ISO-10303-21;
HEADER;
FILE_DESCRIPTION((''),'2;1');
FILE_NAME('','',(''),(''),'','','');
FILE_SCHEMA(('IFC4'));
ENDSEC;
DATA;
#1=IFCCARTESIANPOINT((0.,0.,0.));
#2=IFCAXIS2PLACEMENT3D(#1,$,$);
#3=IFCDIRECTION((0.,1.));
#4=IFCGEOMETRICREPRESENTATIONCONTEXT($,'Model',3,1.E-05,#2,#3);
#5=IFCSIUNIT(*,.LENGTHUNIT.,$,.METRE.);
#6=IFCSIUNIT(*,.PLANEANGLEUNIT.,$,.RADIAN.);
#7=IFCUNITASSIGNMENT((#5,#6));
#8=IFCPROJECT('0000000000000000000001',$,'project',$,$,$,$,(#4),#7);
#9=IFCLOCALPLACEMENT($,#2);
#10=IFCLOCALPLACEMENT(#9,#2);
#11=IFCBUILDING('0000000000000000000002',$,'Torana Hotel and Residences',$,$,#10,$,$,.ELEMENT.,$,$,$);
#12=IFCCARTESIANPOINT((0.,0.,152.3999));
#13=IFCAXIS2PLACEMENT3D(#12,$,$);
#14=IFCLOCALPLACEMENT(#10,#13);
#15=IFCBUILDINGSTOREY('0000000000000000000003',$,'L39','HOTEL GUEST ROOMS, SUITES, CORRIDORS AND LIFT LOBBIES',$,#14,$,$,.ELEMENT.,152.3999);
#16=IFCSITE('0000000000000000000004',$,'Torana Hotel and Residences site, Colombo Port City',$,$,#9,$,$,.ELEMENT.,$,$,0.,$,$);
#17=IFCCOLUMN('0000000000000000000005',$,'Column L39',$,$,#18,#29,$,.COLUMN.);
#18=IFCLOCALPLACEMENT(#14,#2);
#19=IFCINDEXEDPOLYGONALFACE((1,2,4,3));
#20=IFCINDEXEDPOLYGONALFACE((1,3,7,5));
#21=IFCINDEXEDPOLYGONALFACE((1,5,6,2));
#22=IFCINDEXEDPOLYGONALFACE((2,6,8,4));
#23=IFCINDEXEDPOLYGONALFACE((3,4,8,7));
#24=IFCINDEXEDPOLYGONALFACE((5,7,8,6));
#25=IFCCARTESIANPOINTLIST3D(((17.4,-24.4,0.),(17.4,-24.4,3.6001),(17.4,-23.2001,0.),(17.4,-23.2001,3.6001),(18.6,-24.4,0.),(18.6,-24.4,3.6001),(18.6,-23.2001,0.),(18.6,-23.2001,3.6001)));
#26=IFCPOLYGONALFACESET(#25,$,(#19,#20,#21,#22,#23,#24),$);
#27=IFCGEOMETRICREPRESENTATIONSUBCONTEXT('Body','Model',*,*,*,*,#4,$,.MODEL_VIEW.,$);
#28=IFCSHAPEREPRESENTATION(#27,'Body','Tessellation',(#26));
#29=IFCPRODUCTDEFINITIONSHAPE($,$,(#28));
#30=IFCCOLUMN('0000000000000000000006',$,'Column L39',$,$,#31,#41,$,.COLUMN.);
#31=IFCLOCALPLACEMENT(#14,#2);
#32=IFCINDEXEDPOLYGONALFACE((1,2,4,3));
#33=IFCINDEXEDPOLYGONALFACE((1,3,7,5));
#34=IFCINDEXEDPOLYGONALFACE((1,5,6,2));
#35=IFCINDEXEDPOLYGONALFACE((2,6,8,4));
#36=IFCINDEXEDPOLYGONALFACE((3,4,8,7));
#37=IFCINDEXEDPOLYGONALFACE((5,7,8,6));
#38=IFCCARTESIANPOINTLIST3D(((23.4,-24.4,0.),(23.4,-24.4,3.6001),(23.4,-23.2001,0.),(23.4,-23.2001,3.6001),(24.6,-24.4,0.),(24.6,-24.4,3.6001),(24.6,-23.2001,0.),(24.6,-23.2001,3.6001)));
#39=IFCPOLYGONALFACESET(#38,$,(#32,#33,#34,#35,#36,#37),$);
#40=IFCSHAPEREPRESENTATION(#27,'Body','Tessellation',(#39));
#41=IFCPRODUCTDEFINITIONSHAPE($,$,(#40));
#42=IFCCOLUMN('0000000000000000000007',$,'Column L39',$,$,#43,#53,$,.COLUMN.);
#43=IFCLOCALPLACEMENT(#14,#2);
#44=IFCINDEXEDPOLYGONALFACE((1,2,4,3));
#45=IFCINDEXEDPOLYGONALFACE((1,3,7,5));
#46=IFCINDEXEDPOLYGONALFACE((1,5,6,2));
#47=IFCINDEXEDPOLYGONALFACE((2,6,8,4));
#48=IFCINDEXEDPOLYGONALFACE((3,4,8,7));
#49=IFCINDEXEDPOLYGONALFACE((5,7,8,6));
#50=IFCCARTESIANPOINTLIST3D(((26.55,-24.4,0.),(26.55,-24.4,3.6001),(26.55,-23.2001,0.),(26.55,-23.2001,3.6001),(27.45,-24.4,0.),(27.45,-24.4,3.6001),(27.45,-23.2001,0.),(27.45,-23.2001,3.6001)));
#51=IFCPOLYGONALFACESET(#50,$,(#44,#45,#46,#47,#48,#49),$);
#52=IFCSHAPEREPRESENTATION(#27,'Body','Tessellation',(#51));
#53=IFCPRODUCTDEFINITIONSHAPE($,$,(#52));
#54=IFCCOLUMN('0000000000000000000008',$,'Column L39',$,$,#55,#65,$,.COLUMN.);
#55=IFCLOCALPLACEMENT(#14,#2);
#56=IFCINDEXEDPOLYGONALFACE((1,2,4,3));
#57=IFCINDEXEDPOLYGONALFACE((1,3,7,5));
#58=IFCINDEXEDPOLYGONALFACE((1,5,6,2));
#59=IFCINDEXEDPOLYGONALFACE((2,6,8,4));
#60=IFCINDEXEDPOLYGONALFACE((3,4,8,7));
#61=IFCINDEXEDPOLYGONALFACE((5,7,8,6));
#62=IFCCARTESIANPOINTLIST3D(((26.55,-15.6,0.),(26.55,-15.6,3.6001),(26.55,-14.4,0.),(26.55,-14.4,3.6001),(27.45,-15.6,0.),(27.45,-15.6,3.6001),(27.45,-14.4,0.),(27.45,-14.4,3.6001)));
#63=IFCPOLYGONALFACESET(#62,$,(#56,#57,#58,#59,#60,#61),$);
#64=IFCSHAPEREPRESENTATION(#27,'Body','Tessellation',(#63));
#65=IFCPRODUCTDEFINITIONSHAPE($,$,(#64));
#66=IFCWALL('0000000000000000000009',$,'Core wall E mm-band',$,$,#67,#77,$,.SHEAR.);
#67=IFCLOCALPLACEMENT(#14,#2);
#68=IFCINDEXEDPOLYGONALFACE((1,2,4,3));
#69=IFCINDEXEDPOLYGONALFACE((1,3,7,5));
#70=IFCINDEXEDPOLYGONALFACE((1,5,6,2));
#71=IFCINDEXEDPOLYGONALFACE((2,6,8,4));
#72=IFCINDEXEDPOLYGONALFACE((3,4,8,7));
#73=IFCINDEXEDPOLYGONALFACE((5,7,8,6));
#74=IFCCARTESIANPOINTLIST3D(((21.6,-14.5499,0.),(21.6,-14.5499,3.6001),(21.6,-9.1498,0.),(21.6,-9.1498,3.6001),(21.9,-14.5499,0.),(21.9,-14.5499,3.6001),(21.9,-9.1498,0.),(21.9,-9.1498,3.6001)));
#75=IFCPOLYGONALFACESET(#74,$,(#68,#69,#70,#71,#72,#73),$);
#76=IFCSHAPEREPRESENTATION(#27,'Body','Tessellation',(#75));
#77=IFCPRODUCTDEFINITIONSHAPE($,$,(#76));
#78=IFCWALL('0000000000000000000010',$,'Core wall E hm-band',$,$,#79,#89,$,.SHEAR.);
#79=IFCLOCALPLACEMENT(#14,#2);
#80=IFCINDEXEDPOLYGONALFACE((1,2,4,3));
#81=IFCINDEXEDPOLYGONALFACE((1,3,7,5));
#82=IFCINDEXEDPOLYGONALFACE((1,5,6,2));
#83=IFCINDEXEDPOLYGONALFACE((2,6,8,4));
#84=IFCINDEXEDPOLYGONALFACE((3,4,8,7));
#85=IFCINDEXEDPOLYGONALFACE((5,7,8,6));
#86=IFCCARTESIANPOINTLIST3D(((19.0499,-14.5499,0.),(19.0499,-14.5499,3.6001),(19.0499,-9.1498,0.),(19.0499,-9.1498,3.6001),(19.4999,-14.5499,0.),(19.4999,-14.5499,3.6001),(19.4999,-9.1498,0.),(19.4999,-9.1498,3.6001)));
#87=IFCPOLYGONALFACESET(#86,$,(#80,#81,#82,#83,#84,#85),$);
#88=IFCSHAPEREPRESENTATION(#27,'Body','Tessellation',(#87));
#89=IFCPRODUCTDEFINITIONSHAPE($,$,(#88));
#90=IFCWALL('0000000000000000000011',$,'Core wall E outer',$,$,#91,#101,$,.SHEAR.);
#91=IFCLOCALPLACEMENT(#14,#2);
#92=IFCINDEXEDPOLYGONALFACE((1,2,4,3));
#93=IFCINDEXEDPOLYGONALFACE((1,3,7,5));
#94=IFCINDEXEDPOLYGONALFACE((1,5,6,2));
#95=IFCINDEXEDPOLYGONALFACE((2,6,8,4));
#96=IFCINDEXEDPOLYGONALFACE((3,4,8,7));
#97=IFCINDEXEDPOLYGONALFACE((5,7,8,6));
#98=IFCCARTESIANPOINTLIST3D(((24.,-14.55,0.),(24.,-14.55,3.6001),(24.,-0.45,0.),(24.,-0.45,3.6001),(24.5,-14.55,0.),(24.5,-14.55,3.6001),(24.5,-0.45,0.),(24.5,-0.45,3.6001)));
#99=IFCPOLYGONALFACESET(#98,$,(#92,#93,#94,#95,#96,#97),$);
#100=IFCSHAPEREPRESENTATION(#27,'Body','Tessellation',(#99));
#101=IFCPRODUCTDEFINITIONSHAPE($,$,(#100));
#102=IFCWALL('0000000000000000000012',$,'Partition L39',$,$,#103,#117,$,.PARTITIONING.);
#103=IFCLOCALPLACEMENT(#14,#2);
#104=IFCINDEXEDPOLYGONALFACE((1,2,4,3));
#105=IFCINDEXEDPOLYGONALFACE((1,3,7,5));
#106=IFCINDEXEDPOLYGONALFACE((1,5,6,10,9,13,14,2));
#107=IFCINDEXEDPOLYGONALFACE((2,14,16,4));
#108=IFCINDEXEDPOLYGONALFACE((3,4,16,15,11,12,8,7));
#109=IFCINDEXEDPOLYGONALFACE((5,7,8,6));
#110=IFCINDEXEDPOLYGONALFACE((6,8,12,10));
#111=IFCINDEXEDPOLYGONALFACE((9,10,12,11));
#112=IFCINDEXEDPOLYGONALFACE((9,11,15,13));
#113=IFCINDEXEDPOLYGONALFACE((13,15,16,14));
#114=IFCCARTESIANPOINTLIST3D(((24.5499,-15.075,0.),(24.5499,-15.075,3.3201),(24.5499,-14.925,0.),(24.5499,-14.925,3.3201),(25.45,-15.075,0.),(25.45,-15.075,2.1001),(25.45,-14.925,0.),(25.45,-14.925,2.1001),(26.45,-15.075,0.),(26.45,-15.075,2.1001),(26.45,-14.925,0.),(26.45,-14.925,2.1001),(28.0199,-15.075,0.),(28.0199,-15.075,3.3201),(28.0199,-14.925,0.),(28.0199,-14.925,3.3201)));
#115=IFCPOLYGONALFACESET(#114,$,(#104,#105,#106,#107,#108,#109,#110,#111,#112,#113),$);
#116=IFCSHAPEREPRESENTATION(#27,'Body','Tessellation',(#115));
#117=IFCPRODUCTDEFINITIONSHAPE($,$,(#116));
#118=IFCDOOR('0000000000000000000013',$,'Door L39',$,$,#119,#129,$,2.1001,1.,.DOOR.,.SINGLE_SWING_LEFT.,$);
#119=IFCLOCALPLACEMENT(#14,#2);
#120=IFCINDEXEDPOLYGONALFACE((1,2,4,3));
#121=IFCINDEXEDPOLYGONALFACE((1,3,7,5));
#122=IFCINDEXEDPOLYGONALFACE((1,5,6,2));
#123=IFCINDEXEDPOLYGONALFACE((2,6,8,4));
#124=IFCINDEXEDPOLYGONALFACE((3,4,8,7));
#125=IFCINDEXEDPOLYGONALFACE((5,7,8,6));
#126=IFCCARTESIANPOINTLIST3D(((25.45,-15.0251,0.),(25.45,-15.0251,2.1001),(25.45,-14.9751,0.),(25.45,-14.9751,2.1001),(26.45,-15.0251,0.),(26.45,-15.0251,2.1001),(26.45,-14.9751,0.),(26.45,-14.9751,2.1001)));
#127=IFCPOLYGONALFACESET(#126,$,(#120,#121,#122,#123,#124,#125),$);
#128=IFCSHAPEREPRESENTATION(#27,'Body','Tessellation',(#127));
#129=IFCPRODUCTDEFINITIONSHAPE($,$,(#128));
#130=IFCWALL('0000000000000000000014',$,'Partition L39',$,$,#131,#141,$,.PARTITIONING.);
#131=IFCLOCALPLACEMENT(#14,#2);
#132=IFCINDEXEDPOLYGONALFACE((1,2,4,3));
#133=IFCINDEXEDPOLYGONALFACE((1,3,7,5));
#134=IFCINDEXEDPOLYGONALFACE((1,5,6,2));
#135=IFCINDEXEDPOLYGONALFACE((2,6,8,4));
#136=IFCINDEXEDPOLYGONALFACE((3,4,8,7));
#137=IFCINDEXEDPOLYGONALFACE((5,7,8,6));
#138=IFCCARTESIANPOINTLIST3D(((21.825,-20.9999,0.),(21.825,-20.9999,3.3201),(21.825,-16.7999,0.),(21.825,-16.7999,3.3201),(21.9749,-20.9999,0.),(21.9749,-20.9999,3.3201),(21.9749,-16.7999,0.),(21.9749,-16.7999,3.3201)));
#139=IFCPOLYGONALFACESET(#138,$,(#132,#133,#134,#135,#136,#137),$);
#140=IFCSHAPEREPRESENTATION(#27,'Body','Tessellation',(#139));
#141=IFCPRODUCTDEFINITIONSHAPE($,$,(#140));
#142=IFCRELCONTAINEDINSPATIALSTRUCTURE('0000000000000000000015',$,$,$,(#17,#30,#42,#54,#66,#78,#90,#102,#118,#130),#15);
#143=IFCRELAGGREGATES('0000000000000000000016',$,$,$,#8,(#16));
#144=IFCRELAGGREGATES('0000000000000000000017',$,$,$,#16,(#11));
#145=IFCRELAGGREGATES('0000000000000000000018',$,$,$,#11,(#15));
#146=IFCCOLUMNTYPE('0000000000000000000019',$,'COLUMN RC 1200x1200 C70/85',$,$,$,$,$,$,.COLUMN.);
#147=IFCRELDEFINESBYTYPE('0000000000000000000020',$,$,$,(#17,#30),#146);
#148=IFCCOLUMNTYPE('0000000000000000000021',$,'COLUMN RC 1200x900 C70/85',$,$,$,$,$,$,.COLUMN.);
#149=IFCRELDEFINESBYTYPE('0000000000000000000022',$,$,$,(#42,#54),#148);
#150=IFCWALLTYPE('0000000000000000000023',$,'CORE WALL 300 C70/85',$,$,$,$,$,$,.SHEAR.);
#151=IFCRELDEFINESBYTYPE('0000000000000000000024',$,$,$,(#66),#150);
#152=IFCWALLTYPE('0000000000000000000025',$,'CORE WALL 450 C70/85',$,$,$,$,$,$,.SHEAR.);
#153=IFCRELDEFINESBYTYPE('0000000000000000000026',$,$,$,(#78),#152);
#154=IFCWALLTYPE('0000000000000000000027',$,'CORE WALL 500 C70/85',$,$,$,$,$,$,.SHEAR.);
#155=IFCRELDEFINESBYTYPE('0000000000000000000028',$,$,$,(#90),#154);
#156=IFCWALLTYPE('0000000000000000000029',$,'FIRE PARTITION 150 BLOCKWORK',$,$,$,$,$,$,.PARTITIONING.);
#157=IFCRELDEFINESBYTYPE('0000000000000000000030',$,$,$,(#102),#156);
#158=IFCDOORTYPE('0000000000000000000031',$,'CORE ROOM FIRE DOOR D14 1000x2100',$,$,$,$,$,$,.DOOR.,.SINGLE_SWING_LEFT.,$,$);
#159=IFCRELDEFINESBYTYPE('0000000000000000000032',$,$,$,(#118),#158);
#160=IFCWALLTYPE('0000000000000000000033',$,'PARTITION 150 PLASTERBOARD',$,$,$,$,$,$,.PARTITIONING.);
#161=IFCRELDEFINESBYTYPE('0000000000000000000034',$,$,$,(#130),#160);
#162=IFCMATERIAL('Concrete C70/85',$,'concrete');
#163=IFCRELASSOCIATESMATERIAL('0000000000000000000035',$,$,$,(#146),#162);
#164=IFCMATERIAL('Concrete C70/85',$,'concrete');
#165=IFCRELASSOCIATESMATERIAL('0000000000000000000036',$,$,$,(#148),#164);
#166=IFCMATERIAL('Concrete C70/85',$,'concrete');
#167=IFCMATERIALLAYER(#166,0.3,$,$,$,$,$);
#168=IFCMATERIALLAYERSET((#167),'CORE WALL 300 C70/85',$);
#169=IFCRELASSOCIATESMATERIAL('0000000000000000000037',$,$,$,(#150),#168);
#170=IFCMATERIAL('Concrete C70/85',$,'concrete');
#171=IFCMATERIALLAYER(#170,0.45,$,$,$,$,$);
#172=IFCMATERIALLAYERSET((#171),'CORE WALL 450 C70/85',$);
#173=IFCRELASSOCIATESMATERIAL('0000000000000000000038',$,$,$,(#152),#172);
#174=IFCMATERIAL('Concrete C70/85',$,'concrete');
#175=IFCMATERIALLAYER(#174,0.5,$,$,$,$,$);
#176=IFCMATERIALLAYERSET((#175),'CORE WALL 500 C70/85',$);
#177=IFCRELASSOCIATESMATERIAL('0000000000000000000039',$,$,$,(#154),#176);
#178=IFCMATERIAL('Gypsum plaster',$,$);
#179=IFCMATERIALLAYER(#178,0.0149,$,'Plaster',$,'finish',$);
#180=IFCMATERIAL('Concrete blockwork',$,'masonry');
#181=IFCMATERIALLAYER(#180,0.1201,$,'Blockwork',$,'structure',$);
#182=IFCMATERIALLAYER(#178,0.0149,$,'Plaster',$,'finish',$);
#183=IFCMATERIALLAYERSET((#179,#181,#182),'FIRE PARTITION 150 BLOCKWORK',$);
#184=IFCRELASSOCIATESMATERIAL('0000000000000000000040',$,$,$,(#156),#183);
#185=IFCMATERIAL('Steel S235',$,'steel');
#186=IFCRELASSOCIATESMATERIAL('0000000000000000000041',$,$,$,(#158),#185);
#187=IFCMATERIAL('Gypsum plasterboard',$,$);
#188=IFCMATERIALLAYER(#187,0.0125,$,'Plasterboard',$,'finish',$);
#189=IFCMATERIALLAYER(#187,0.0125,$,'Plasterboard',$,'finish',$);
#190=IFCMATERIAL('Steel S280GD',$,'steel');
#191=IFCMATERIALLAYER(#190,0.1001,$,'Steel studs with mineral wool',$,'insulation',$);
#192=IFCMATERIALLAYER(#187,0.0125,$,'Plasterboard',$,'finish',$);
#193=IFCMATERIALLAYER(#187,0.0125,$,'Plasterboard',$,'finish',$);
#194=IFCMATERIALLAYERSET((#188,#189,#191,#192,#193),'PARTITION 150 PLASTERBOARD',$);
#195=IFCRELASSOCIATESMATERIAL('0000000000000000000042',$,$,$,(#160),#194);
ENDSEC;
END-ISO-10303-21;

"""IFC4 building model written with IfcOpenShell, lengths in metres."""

from ifc_helpers import new_model, si_unit, direction, frame, frame_2d, origin, origin_2d, place, context, subcontext, project, spatial, rectangle, extrude, material, layer, layer_set, material_profile, profile_set, type_object, element, fill, save


model = new_model("IFC4")

# Units and contexts
model_context = context("Model", 3, precision=1e-05, world=origin(), true_north=direction((0.0, 1.0)))
body_context = subcontext(model_context, "Body", "Model", "MODEL_VIEW")
ifc_project = project(units=[si_unit("LENGTHUNIT", "METRE"), si_unit("PLANEANGLEUNIT", "RADIAN")], contexts=[model_context])

# Site, building, storey
site_placement = place(None, origin())
site = spatial("IfcSite", under=ifc_project, at=site_placement, Name="Torana Hotel and Residences site, Colombo Port City", CompositionType="ELEMENT", RefElevation=0.0)
building_placement = place(site_placement, origin())
building = spatial("IfcBuilding", under=site, at=building_placement, Name="Torana Hotel and Residences", CompositionType="ELEMENT")
storey_placement = place(building_placement, frame((0.0, 0.0, 152.3999)))
storey = spatial("IfcBuildingStorey", under=building, at=storey_placement, Name="L39", Description="HOTEL GUEST ROOMS, SUITES, CORRIDORS AND LIFT LOBBIES", CompositionType="ELEMENT", Elevation=152.3999)

# Columns
ifc_material_1 = material(Name="Concrete C70/85", Category="concrete")
ifc_material_profile_1 = material_profile(ifc_material_1, rectangle(XDim=1.2, YDim=1.2, at=origin_2d()), Name="RC 1200x1200")
ifc_profile_set_1 = profile_set([ifc_material_profile_1], Name="Concrete C70/85")
column_type_1 = type_object("IfcColumnType", Name="COLUMN RC 1200x1200 C70/85", PredefinedType="COLUMN", material=ifc_profile_set_1)
for number, where, z_axis, x_axis, name in (
    (1, (18.0, -23.8, 0.0), (0.0, 0.0, 1.0), (1.0, 0.0, 0.0), "Column L39"),
    (2, (24.0, -23.8, 0.0), (0.0, 0.0, 1.0), (1.0, 0.0, 0.0), "Column L39"),
):
    element("IfcColumn", number, at=place(storey_placement, frame(where, z_axis=z_axis, x_axis=x_axis)), inside=storey, type_object=column_type_1, Name=name, PredefinedType="COLUMN", context=body_context, shape_type="SweptSolid", body=[
        extrude(rectangle(XDim=1.2, YDim=1.2, at=origin_2d()), origin(), (0.0, 0.0, 1.0), 3.6001),
    ])
ifc_material_2 = material(Name="Concrete C70/85", Category="concrete")
ifc_material_profile_2 = material_profile(ifc_material_2, rectangle(XDim=1.2, YDim=0.8999, at=origin_2d()), Name="RC 1200x900")
ifc_profile_set_2 = profile_set([ifc_material_profile_2], Name="Concrete C70/85")
column_type_2 = type_object("IfcColumnType", Name="COLUMN RC 1200x900 C70/85", PredefinedType="COLUMN", material=ifc_profile_set_2)
for number, where, z_axis, x_axis, name in (
    (3, (27.0, -23.8, 0.0), (0.0, 0.0, 1.0), (0.0, 1.0, 0.0), "Column L39"),
    (4, (27.0, -15.0, 0.0), (0.0, 0.0, 1.0), (0.0, 1.0, 0.0), "Column L39"),
):
    element("IfcColumn", number, at=place(storey_placement, frame(where, z_axis=z_axis, x_axis=x_axis)), inside=storey, type_object=column_type_2, Name=name, PredefinedType="COLUMN", context=body_context, shape_type="SweptSolid", body=[
        extrude(rectangle(XDim=1.2, YDim=0.8999, at=origin_2d()), origin(), (0.0, 0.0, 1.0), 3.6001),
    ])

# Walls
ifc_material_3 = material(Name="Concrete C70/85", Category="concrete")
ifc_layer_1 = layer(ifc_material_3, 0.3)
ifc_layer_set_1 = layer_set([ifc_layer_1], Name="CORE WALL 300 C70/85")
wall_type_1 = type_object("IfcWallType", Name="CORE WALL 300 C70/85", PredefinedType="SHEAR", material=ifc_layer_set_1)
wall_1_placement = place(storey_placement, frame((21.75, -14.55, 0.0), z_axis=(0.0, 0.0, 1.0), x_axis=(0.0, 1.0, 0.0)))
element("IfcWall", 5, at=wall_1_placement, inside=storey, type_object=wall_type_1, Name="Core wall E mm-band", PredefinedType="SHEAR", context=body_context, shape_type="SweptSolid", body=[
    extrude(rectangle(XDim=5.4001, YDim=0.3, at=frame_2d((2.7002, 0.0))), origin(), (0.0, 0.0, 1.0), 3.6001),
])
ifc_material_4 = material(Name="Concrete C70/85", Category="concrete")
ifc_layer_2 = layer(ifc_material_4, 0.45)
ifc_layer_set_2 = layer_set([ifc_layer_2], Name="CORE WALL 450 C70/85")
wall_type_2 = type_object("IfcWallType", Name="CORE WALL 450 C70/85", PredefinedType="SHEAR", material=ifc_layer_set_2)
wall_2_placement = place(storey_placement, frame((19.2749, -14.55, 0.0), z_axis=(0.0, 0.0, 1.0), x_axis=(0.0, 1.0, 0.0)))
element("IfcWall", 6, at=wall_2_placement, inside=storey, type_object=wall_type_2, Name="Core wall E hm-band", PredefinedType="SHEAR", context=body_context, shape_type="SweptSolid", body=[
    extrude(rectangle(XDim=5.4001, YDim=0.45, at=frame_2d((2.7002, 0.0))), origin(), (0.0, 0.0, 1.0), 3.6001),
])
ifc_material_5 = material(Name="Concrete C70/85", Category="concrete")
ifc_layer_3 = layer(ifc_material_5, 0.5)
ifc_layer_set_3 = layer_set([ifc_layer_3], Name="CORE WALL 500 C70/85")
wall_type_3 = type_object("IfcWallType", Name="CORE WALL 500 C70/85", PredefinedType="SHEAR", material=ifc_layer_set_3)
wall_3_placement = place(storey_placement, frame((24.25, -14.55, 0.0), z_axis=(0.0, 0.0, 1.0), x_axis=(0.0, 1.0, 0.0)))
element("IfcWall", 7, at=wall_3_placement, inside=storey, type_object=wall_type_3, Name="Core wall E outer", PredefinedType="SHEAR", context=body_context, shape_type="SweptSolid", body=[
    extrude(rectangle(XDim=14.1001, YDim=0.5, at=frame_2d((7.05, 0.0))), origin(), (0.0, 0.0, 1.0), 3.6001),
])

# Wall, opening, door
ifc_material_6 = material(Name="Gypsum plaster")
ifc_layer_4 = layer(ifc_material_6, 0.0149, Name="Plaster", Category="finish")
ifc_material_7 = material(Name="Concrete blockwork", Category="masonry")
ifc_layer_5 = layer(ifc_material_7, 0.1201, Name="Blockwork", Category="structure")
ifc_layer_6 = layer(ifc_material_6, 0.0149, Name="Plaster", Category="finish")
ifc_layer_set_4 = layer_set([ifc_layer_4, ifc_layer_5, ifc_layer_6], Name="FIRE PARTITION 150 BLOCKWORK")
wall_type_4 = type_object("IfcWallType", Name="FIRE PARTITION 150 BLOCKWORK", PredefinedType="PARTITIONING", material=ifc_layer_set_4)
wall_4_placement = place(storey_placement, frame((24.55, -15.0, 0.0), z_axis=(0.0, 0.0, 1.0), x_axis=(1.0, 0.0, 0.0)))
wall_4 = element("IfcWall", 8, at=wall_4_placement, inside=storey, type_object=wall_type_4, Name="Partition L39", PredefinedType="PARTITIONING", context=body_context, shape_type="SweptSolid", body=[
    extrude(rectangle(XDim=3.47, YDim=0.1499, at=frame_2d((1.7349, 0.0))), origin(), (0.0, 0.0, 1.0), 3.3201),
])
opening_1_placement = place(wall_4_placement, frame((0.8999, 0.0, 0.0)))
opening_1 = element("IfcOpeningElement", 9, at=opening_1_placement, cuts=wall_4, PredefinedType="OPENING", context=body_context, shape_type="SweptSolid", body=[
    extrude(rectangle(XDim=1.0, YDim=2.1001, at=frame_2d((0.5, 1.05))), frame((0.0, 0.085, 0.0), z_axis=(0.0, -1.0, 0.0), x_axis=(1.0, 0.0, 0.0)), (0.0, 0.0, 1.0), 0.1699),
])
ifc_material_8 = material(Name="Steel S235", Category="steel")
door_type_1 = type_object("IfcDoorType", Name="CORE ROOM FIRE DOOR D14 1000x2100", OperationType="SINGLE_SWING_LEFT", PredefinedType="DOOR", material=ifc_material_8)
door_1_placement = place(opening_1_placement, origin())
door_1 = element("IfcDoor", 10, at=door_1_placement, inside=storey, type_object=door_type_1, Name="Door L39", OperationType="SINGLE_SWING_LEFT", OverallHeight=2.1001, OverallWidth=1.0, PredefinedType="DOOR", context=body_context, shape_type="SweptSolid", body=[
    extrude(rectangle(XDim=1.0, YDim=2.1001, at=frame_2d((0.5, 1.05))), frame((0.0, 0.0249, 0.0), z_axis=(0.0, -1.0, 0.0), x_axis=(1.0, 0.0, 0.0)), (0.0, 0.0, 1.0), 0.05),
])
fill(opening_1, door_1)

# Wall
ifc_material_9 = material(Name="Gypsum plasterboard")
ifc_layer_7 = layer(ifc_material_9, 0.0125, Name="Plasterboard", Category="finish")
ifc_layer_8 = layer(ifc_material_9, 0.0125, Name="Plasterboard", Category="finish")
ifc_material_10 = material(Name="Steel S280GD", Category="steel")
ifc_layer_9 = layer(ifc_material_10, 0.1001, Name="Steel studs with mineral wool", Category="insulation")
ifc_layer_10 = layer(ifc_material_9, 0.0125, Name="Plasterboard", Category="finish")
ifc_layer_11 = layer(ifc_material_9, 0.0125, Name="Plasterboard", Category="finish")
ifc_layer_set_5 = layer_set([ifc_layer_7, ifc_layer_8, ifc_layer_9, ifc_layer_10, ifc_layer_11], Name="PARTITION 150 PLASTERBOARD")
wall_type_5 = type_object("IfcWallType", Name="PARTITION 150 PLASTERBOARD", PredefinedType="PARTITIONING", material=ifc_layer_set_5)
wall_5_placement = place(storey_placement, frame((21.8999, -21.0, 0.0), z_axis=(0.0, 0.0, 1.0), x_axis=(0.0, 1.0, 0.0)))
element("IfcWall", 11, at=wall_5_placement, inside=storey, type_object=wall_type_5, Name="Partition L39", PredefinedType="PARTITIONING", context=body_context, shape_type="SweptSolid", body=[
    extrude(rectangle(XDim=4.2, YDim=0.1499, at=frame_2d((2.1001, 0.0))), origin(), (0.0, 0.0, 1.0), 3.3201),
])

save(model, "model.ifc")
